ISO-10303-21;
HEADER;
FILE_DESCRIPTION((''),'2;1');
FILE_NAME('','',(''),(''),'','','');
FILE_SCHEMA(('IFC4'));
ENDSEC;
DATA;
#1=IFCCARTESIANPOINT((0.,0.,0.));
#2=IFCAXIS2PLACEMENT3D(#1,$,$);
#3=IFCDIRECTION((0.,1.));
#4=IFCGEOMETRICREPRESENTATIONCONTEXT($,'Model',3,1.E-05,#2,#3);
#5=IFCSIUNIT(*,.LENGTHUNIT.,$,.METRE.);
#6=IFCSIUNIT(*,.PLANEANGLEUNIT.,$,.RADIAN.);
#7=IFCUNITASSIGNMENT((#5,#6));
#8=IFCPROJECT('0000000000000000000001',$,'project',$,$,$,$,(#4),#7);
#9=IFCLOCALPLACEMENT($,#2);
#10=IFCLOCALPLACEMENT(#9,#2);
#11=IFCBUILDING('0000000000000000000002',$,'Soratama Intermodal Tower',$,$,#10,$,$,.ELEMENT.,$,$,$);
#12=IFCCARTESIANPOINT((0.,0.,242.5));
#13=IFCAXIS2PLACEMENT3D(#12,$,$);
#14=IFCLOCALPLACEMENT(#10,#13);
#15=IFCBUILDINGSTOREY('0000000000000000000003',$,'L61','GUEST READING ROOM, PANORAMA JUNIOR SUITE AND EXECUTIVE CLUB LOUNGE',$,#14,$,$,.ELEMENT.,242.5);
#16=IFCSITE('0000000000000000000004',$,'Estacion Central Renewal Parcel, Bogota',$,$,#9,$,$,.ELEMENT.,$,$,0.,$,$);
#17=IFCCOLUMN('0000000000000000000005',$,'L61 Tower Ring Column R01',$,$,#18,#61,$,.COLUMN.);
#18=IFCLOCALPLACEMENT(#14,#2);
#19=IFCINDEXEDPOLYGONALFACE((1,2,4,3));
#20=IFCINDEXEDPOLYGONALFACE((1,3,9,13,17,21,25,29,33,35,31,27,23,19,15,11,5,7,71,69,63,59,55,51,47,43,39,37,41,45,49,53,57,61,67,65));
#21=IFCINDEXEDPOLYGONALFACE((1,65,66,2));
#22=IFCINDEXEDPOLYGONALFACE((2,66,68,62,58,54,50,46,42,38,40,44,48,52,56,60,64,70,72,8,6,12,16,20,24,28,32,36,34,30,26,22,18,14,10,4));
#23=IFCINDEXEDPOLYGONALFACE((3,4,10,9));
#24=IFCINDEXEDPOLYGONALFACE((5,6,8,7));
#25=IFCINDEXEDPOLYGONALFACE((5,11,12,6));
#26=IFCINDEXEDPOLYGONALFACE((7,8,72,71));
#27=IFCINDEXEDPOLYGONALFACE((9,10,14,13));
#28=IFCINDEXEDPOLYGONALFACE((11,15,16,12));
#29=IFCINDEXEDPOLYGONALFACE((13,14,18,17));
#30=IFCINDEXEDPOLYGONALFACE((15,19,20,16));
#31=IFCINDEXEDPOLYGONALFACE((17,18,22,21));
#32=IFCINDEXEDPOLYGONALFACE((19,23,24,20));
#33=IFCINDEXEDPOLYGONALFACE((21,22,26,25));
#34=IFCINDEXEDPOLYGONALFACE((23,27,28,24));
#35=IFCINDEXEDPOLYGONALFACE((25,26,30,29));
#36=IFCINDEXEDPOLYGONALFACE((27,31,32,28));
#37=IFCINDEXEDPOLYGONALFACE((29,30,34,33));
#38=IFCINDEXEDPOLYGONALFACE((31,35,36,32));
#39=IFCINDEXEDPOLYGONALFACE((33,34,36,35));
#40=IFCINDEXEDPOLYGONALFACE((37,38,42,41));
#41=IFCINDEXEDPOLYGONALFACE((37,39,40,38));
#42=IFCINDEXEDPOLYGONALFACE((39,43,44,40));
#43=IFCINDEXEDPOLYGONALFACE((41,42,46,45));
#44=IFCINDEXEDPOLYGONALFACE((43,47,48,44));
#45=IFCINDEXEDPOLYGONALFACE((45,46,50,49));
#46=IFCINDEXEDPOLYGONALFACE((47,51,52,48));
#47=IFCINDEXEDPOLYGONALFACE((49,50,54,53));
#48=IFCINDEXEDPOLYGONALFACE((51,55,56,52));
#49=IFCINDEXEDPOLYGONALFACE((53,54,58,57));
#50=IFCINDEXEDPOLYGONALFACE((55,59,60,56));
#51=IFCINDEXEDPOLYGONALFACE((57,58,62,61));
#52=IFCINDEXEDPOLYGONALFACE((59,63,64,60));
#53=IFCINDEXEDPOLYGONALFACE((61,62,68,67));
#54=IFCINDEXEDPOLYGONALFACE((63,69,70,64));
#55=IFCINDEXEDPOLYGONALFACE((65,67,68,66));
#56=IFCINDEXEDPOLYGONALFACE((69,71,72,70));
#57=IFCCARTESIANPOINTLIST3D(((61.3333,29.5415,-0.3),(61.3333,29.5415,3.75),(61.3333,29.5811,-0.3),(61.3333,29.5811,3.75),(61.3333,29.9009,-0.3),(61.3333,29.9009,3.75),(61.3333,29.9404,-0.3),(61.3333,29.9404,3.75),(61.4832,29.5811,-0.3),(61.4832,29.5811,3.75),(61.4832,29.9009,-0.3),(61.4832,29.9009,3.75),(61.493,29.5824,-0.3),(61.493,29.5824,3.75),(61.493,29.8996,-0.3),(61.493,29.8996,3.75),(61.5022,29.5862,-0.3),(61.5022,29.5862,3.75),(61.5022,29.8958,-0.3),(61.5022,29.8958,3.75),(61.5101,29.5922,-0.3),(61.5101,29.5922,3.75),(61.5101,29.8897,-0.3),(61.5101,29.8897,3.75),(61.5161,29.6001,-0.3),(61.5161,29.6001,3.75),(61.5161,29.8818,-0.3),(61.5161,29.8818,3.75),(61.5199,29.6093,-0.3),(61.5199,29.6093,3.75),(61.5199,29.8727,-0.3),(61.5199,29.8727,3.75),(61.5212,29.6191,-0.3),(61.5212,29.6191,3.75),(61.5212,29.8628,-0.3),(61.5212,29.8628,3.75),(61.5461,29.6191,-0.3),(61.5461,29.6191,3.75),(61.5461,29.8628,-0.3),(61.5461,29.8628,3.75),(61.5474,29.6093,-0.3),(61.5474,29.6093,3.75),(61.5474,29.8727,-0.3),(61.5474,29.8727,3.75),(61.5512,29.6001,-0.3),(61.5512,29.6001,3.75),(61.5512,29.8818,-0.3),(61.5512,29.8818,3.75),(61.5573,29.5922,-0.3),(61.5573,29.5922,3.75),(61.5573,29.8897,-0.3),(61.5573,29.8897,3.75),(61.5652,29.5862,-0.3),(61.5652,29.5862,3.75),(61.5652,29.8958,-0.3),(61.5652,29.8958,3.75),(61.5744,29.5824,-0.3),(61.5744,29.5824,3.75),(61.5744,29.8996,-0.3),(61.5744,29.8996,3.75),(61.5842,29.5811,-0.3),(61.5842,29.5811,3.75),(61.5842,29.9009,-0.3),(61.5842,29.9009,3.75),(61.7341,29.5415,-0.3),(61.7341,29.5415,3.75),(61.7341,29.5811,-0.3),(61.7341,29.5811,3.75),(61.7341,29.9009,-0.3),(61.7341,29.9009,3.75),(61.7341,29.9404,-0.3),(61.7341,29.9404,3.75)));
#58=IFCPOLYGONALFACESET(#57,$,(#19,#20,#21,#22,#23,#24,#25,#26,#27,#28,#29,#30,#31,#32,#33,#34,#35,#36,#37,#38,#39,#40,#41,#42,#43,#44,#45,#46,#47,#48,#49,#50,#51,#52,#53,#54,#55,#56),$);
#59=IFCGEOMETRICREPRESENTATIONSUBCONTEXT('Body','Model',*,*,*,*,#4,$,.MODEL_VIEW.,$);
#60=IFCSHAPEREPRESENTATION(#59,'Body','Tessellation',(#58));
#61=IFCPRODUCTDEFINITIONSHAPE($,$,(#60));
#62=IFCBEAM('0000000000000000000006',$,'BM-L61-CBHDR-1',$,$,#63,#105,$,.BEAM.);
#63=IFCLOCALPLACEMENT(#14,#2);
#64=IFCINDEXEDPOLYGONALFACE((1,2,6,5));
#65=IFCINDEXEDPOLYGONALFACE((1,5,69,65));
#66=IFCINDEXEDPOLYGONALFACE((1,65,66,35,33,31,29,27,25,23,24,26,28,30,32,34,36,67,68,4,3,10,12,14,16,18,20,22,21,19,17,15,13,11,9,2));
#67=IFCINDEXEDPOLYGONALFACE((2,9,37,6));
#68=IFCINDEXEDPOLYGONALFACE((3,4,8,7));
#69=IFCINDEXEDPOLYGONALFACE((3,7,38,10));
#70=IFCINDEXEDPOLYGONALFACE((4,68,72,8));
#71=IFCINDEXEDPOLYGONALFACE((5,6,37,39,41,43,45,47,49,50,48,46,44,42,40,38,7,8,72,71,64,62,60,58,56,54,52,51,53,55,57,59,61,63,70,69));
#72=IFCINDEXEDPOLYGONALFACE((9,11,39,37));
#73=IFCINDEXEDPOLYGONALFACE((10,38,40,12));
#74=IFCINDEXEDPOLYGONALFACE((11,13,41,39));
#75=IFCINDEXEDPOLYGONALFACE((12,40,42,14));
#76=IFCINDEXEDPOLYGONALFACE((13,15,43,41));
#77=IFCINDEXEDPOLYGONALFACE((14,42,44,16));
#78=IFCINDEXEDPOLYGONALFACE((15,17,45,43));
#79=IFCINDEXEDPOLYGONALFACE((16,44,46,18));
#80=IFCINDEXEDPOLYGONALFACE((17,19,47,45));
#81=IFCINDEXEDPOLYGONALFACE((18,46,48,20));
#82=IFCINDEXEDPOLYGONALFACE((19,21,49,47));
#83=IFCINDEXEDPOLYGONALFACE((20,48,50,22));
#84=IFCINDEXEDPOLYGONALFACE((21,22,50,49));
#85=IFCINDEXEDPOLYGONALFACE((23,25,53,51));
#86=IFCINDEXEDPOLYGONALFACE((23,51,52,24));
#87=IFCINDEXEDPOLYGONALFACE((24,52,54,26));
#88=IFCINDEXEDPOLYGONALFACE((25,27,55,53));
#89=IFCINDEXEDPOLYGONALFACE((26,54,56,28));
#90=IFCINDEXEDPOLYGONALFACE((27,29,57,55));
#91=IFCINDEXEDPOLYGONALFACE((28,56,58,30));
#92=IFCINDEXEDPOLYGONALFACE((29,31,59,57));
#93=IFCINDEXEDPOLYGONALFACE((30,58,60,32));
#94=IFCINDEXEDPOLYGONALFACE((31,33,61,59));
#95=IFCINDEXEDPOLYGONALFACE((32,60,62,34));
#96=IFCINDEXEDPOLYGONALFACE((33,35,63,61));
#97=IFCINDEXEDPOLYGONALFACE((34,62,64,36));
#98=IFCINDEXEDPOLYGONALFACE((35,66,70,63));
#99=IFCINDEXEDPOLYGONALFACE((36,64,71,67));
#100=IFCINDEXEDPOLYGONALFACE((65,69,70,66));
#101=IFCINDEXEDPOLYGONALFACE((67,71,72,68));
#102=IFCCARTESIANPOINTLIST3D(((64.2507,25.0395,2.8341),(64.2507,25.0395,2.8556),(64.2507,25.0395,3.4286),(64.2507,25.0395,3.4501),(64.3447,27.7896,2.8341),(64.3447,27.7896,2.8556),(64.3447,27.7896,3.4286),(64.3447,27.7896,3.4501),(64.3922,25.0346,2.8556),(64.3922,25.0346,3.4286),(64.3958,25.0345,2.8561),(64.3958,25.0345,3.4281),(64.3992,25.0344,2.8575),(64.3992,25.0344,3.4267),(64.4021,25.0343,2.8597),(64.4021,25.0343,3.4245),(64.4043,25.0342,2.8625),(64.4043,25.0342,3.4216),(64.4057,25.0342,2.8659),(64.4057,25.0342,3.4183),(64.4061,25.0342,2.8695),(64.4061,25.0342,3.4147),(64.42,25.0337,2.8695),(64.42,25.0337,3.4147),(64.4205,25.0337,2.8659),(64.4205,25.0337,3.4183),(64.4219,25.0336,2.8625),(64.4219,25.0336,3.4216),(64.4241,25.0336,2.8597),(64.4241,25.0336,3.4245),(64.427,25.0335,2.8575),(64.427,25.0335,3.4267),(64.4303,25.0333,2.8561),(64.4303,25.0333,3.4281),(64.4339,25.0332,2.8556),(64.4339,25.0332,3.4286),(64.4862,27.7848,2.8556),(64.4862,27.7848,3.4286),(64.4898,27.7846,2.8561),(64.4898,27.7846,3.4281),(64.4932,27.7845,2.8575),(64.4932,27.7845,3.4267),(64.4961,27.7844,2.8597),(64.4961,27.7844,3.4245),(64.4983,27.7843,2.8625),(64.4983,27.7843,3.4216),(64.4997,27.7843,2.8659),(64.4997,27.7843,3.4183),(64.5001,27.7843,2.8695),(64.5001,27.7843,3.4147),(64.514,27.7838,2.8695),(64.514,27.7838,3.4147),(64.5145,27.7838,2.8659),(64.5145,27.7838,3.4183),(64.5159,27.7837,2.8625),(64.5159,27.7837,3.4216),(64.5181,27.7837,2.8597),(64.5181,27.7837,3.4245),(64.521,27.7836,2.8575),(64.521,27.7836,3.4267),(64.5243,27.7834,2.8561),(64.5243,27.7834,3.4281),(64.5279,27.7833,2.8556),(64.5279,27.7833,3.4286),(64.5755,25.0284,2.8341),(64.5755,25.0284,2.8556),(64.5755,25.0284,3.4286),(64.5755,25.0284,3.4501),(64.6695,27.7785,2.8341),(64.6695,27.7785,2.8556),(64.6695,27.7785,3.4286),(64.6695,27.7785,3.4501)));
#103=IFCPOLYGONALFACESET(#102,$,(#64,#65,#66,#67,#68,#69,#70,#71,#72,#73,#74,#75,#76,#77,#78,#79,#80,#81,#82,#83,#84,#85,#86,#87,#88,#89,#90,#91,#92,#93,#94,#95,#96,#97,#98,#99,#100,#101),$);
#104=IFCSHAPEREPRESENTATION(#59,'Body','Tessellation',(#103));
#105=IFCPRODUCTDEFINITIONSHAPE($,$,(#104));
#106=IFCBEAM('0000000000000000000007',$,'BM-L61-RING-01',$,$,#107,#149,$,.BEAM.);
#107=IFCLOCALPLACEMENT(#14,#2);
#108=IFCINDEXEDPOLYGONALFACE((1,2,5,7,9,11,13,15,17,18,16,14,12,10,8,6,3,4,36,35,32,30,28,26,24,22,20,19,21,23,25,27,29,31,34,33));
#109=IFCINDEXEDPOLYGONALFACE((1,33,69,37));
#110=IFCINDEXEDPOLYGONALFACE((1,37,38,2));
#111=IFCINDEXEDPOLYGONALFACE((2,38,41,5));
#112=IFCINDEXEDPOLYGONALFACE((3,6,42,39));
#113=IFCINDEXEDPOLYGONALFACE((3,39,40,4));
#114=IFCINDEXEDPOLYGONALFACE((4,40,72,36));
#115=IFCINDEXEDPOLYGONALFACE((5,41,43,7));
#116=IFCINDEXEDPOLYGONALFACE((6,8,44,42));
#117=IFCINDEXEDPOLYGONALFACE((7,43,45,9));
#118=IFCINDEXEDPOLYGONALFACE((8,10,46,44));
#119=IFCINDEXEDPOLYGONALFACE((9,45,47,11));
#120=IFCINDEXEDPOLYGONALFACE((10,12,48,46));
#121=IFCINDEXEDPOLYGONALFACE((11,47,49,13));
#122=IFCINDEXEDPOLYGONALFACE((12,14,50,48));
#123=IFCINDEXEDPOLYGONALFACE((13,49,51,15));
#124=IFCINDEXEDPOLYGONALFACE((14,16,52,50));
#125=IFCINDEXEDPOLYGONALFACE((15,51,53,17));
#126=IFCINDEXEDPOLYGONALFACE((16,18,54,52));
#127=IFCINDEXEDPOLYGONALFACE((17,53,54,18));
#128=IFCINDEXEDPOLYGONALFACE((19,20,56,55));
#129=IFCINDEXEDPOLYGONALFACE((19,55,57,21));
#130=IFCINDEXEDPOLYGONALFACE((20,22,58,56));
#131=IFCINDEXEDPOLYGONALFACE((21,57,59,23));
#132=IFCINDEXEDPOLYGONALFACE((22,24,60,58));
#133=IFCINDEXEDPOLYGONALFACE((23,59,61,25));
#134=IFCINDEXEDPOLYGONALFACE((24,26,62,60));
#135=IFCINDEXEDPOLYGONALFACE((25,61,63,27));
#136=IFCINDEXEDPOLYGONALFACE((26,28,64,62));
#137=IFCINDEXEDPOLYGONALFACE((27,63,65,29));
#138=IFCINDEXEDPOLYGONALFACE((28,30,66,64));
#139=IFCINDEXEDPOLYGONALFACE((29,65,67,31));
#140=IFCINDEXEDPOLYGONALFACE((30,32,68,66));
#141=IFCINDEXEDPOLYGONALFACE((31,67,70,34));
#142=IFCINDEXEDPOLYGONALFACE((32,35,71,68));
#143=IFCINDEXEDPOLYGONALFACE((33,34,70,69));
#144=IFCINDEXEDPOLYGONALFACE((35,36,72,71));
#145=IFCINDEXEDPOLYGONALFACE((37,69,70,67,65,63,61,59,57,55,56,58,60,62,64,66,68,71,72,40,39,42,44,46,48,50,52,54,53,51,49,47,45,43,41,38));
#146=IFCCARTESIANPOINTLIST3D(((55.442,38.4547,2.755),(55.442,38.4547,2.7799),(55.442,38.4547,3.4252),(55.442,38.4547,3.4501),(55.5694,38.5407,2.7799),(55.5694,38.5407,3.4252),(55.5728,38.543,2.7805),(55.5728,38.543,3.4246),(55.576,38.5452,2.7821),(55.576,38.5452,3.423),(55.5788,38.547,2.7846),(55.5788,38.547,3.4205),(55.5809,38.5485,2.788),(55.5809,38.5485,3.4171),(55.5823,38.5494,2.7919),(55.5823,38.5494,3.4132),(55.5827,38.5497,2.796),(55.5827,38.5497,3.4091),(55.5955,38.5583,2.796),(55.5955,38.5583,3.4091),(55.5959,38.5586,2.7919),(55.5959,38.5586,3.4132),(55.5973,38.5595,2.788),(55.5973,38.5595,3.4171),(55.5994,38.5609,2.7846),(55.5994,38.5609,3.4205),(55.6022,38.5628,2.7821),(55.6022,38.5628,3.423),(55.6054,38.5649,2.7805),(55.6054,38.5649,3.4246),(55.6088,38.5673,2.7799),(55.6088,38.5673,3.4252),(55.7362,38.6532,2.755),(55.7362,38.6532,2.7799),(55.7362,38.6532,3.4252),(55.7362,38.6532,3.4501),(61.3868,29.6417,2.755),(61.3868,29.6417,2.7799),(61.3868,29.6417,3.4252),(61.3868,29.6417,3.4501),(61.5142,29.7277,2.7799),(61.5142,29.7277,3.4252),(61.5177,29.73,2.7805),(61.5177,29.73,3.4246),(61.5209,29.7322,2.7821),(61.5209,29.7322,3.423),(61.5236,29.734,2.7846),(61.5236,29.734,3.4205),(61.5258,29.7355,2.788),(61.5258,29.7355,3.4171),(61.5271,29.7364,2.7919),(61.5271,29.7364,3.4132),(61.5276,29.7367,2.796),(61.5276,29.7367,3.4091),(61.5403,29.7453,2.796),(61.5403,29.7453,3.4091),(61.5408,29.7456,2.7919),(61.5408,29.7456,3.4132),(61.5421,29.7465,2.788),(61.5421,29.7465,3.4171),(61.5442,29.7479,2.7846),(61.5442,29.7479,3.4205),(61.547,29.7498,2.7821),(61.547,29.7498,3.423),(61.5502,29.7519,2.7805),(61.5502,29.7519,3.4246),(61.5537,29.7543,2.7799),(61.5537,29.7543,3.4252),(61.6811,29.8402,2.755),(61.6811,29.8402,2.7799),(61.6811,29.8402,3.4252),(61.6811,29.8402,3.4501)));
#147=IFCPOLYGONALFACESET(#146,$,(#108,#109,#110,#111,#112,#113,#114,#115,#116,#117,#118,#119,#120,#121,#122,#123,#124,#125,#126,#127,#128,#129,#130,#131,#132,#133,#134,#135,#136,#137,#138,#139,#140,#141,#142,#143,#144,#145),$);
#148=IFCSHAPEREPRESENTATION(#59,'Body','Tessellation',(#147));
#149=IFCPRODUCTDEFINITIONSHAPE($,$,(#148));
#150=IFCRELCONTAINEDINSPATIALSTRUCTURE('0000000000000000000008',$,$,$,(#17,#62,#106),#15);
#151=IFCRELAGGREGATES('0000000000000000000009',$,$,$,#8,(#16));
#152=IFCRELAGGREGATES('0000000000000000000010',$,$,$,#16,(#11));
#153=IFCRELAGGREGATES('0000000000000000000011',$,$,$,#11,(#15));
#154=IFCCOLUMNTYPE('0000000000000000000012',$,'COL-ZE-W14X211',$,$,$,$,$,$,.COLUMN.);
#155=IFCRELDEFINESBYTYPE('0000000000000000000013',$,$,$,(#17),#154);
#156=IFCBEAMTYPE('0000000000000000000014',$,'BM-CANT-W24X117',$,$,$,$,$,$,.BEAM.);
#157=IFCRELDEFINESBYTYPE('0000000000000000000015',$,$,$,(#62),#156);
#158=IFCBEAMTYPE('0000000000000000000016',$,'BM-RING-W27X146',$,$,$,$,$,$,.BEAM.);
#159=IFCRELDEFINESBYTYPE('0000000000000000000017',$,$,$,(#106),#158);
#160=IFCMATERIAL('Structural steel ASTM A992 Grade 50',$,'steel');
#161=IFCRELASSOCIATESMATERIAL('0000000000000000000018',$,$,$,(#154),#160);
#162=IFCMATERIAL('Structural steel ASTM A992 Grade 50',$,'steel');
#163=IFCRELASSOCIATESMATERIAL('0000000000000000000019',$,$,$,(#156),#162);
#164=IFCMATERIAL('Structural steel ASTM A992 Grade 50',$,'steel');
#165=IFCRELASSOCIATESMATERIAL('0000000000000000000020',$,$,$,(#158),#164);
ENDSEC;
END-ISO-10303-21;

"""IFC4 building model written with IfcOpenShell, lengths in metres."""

from ifc_helpers import new_model, si_unit, direction, frame, origin, origin_2d, place, context, subcontext, project, spatial, i_section, extrude, material, material_profile, profile_set, type_object, element, save


model = new_model("IFC4")

# Units and contexts
model_context = context("Model", 3, precision=1e-05, world=origin(), true_north=direction((0.0, 1.0)))
body_context = subcontext(model_context, "Body", "Model", "MODEL_VIEW")
ifc_project = project(units=[si_unit("LENGTHUNIT", "METRE"), si_unit("PLANEANGLEUNIT", "RADIAN")], contexts=[model_context])

# Site, building, storey
site_placement = place(None, origin())
site = spatial("IfcSite", under=ifc_project, at=site_placement, Name="Estacion Central Renewal Parcel, Bogota", CompositionType="ELEMENT", RefElevation=0.0)
building_placement = place(site_placement, origin())
building = spatial("IfcBuilding", under=site, at=building_placement, Name="Soratama Intermodal Tower", CompositionType="ELEMENT")
storey_placement = place(building_placement, frame((0.0, 0.0, 242.5)))
storey = spatial("IfcBuildingStorey", under=building, at=storey_placement, Name="L61", Description="GUEST READING ROOM, PANORAMA JUNIOR SUITE AND EXECUTIVE CLUB LOUNGE", CompositionType="ELEMENT", Elevation=242.5)

# Column
ifc_material_1 = material(Name="Structural steel ASTM A992 Grade 50", Category="steel")
ifc_material_profile_1 = material_profile(ifc_material_1, i_section(OverallWidth=0.4009, OverallDepth=0.3989, WebThickness=0.0249, FlangeThickness=0.0396, FilletRadius=0.0381, at=origin_2d()), Name="W14X211")
ifc_profile_set_1 = profile_set([ifc_material_profile_1], Name="Structural steel ASTM A992 Grade 50")
column_type = type_object("IfcColumnType", Name="COL-ZE-W14X211", PredefinedType="COLUMN", material=ifc_profile_set_1)
column_placement = place(storey_placement, frame((61.5337, 29.741, -0.3), z_axis=(0.0, 0.0, 1.0), x_axis=(1.0, 0.0, 0.0)))
element("IfcColumn", 1, at=column_placement, inside=storey, type_object=column_type, Name="L61 Tower Ring Column R01", PredefinedType="COLUMN", context=body_context, shape_type="SweptSolid", body=[
    extrude(i_section(OverallWidth=0.4009, OverallDepth=0.3989, WebThickness=0.0249, FlangeThickness=0.0396, FilletRadius=0.0381, at=origin_2d()), origin(), (0.0, 0.0, 1.0), 4.05),
])

# Beams
ifc_material_2 = material(Name="Structural steel ASTM A992 Grade 50", Category="steel")
ifc_material_profile_2 = material_profile(ifc_material_2, i_section(OverallWidth=0.325, OverallDepth=0.616, WebThickness=0.0139, FlangeThickness=0.0215, FilletRadius=0.0139, at=origin_2d()), Name="W24X117")
ifc_profile_set_2 = profile_set([ifc_material_profile_2], Name="Structural steel ASTM A992 Grade 50")
beam_type_1 = type_object("IfcBeamType", Name="BM-CANT-W24X117", PredefinedType="BEAM", material=ifc_profile_set_2)
beam_1_placement = place(storey_placement, frame((64.4131, 25.0339, 3.1421), z_axis=(0.03416, 0.999416, 0.0), x_axis=(-0.999416, 0.03416, 0.0)))
element("IfcBeam", 2, at=beam_1_placement, inside=storey, type_object=beam_type_1, Name="BM-L61-CBHDR-1", PredefinedType="BEAM", context=body_context, shape_type="SweptSolid", body=[
    extrude(i_section(OverallWidth=0.325, OverallDepth=0.616, WebThickness=0.0139, FlangeThickness=0.0215, FilletRadius=0.0139, at=origin_2d()), origin(), (0.0, 0.0, 1.0), 2.7517),
])
ifc_material_3 = material(Name="Structural steel ASTM A992 Grade 50", Category="steel")
ifc_material_profile_3 = material_profile(ifc_material_3, i_section(OverallWidth=0.355, OverallDepth=0.6951, WebThickness=0.0154, FlangeThickness=0.0249, FilletRadius=0.0161, at=origin_2d()), Name="W27X146")
ifc_profile_set_3 = profile_set([ifc_material_profile_3], Name="Structural steel ASTM A992 Grade 50")
beam_type_2 = type_object("IfcBeamType", Name="BM-RING-W27X146", PredefinedType="BEAM", material=ifc_profile_set_3)
beam_2_placement = place(storey_placement, frame((61.5339, 29.741, 3.1025), z_axis=(-0.559218, 0.829021, 0.0), x_axis=(-0.829021, -0.559218, 0.0)))
element("IfcBeam", 3, at=beam_2_placement, inside=storey, type_object=beam_type_2, Name="BM-L61-RING-01", PredefinedType="BEAM", context=body_context, shape_type="SweptSolid", body=[
    extrude(i_section(OverallWidth=0.355, OverallDepth=0.6951, WebThickness=0.0154, FlangeThickness=0.0249, FilletRadius=0.0161, at=origin_2d()), origin(), (0.0, 0.0, 1.0), 10.6306),
])

save(model, "model.ifc")
